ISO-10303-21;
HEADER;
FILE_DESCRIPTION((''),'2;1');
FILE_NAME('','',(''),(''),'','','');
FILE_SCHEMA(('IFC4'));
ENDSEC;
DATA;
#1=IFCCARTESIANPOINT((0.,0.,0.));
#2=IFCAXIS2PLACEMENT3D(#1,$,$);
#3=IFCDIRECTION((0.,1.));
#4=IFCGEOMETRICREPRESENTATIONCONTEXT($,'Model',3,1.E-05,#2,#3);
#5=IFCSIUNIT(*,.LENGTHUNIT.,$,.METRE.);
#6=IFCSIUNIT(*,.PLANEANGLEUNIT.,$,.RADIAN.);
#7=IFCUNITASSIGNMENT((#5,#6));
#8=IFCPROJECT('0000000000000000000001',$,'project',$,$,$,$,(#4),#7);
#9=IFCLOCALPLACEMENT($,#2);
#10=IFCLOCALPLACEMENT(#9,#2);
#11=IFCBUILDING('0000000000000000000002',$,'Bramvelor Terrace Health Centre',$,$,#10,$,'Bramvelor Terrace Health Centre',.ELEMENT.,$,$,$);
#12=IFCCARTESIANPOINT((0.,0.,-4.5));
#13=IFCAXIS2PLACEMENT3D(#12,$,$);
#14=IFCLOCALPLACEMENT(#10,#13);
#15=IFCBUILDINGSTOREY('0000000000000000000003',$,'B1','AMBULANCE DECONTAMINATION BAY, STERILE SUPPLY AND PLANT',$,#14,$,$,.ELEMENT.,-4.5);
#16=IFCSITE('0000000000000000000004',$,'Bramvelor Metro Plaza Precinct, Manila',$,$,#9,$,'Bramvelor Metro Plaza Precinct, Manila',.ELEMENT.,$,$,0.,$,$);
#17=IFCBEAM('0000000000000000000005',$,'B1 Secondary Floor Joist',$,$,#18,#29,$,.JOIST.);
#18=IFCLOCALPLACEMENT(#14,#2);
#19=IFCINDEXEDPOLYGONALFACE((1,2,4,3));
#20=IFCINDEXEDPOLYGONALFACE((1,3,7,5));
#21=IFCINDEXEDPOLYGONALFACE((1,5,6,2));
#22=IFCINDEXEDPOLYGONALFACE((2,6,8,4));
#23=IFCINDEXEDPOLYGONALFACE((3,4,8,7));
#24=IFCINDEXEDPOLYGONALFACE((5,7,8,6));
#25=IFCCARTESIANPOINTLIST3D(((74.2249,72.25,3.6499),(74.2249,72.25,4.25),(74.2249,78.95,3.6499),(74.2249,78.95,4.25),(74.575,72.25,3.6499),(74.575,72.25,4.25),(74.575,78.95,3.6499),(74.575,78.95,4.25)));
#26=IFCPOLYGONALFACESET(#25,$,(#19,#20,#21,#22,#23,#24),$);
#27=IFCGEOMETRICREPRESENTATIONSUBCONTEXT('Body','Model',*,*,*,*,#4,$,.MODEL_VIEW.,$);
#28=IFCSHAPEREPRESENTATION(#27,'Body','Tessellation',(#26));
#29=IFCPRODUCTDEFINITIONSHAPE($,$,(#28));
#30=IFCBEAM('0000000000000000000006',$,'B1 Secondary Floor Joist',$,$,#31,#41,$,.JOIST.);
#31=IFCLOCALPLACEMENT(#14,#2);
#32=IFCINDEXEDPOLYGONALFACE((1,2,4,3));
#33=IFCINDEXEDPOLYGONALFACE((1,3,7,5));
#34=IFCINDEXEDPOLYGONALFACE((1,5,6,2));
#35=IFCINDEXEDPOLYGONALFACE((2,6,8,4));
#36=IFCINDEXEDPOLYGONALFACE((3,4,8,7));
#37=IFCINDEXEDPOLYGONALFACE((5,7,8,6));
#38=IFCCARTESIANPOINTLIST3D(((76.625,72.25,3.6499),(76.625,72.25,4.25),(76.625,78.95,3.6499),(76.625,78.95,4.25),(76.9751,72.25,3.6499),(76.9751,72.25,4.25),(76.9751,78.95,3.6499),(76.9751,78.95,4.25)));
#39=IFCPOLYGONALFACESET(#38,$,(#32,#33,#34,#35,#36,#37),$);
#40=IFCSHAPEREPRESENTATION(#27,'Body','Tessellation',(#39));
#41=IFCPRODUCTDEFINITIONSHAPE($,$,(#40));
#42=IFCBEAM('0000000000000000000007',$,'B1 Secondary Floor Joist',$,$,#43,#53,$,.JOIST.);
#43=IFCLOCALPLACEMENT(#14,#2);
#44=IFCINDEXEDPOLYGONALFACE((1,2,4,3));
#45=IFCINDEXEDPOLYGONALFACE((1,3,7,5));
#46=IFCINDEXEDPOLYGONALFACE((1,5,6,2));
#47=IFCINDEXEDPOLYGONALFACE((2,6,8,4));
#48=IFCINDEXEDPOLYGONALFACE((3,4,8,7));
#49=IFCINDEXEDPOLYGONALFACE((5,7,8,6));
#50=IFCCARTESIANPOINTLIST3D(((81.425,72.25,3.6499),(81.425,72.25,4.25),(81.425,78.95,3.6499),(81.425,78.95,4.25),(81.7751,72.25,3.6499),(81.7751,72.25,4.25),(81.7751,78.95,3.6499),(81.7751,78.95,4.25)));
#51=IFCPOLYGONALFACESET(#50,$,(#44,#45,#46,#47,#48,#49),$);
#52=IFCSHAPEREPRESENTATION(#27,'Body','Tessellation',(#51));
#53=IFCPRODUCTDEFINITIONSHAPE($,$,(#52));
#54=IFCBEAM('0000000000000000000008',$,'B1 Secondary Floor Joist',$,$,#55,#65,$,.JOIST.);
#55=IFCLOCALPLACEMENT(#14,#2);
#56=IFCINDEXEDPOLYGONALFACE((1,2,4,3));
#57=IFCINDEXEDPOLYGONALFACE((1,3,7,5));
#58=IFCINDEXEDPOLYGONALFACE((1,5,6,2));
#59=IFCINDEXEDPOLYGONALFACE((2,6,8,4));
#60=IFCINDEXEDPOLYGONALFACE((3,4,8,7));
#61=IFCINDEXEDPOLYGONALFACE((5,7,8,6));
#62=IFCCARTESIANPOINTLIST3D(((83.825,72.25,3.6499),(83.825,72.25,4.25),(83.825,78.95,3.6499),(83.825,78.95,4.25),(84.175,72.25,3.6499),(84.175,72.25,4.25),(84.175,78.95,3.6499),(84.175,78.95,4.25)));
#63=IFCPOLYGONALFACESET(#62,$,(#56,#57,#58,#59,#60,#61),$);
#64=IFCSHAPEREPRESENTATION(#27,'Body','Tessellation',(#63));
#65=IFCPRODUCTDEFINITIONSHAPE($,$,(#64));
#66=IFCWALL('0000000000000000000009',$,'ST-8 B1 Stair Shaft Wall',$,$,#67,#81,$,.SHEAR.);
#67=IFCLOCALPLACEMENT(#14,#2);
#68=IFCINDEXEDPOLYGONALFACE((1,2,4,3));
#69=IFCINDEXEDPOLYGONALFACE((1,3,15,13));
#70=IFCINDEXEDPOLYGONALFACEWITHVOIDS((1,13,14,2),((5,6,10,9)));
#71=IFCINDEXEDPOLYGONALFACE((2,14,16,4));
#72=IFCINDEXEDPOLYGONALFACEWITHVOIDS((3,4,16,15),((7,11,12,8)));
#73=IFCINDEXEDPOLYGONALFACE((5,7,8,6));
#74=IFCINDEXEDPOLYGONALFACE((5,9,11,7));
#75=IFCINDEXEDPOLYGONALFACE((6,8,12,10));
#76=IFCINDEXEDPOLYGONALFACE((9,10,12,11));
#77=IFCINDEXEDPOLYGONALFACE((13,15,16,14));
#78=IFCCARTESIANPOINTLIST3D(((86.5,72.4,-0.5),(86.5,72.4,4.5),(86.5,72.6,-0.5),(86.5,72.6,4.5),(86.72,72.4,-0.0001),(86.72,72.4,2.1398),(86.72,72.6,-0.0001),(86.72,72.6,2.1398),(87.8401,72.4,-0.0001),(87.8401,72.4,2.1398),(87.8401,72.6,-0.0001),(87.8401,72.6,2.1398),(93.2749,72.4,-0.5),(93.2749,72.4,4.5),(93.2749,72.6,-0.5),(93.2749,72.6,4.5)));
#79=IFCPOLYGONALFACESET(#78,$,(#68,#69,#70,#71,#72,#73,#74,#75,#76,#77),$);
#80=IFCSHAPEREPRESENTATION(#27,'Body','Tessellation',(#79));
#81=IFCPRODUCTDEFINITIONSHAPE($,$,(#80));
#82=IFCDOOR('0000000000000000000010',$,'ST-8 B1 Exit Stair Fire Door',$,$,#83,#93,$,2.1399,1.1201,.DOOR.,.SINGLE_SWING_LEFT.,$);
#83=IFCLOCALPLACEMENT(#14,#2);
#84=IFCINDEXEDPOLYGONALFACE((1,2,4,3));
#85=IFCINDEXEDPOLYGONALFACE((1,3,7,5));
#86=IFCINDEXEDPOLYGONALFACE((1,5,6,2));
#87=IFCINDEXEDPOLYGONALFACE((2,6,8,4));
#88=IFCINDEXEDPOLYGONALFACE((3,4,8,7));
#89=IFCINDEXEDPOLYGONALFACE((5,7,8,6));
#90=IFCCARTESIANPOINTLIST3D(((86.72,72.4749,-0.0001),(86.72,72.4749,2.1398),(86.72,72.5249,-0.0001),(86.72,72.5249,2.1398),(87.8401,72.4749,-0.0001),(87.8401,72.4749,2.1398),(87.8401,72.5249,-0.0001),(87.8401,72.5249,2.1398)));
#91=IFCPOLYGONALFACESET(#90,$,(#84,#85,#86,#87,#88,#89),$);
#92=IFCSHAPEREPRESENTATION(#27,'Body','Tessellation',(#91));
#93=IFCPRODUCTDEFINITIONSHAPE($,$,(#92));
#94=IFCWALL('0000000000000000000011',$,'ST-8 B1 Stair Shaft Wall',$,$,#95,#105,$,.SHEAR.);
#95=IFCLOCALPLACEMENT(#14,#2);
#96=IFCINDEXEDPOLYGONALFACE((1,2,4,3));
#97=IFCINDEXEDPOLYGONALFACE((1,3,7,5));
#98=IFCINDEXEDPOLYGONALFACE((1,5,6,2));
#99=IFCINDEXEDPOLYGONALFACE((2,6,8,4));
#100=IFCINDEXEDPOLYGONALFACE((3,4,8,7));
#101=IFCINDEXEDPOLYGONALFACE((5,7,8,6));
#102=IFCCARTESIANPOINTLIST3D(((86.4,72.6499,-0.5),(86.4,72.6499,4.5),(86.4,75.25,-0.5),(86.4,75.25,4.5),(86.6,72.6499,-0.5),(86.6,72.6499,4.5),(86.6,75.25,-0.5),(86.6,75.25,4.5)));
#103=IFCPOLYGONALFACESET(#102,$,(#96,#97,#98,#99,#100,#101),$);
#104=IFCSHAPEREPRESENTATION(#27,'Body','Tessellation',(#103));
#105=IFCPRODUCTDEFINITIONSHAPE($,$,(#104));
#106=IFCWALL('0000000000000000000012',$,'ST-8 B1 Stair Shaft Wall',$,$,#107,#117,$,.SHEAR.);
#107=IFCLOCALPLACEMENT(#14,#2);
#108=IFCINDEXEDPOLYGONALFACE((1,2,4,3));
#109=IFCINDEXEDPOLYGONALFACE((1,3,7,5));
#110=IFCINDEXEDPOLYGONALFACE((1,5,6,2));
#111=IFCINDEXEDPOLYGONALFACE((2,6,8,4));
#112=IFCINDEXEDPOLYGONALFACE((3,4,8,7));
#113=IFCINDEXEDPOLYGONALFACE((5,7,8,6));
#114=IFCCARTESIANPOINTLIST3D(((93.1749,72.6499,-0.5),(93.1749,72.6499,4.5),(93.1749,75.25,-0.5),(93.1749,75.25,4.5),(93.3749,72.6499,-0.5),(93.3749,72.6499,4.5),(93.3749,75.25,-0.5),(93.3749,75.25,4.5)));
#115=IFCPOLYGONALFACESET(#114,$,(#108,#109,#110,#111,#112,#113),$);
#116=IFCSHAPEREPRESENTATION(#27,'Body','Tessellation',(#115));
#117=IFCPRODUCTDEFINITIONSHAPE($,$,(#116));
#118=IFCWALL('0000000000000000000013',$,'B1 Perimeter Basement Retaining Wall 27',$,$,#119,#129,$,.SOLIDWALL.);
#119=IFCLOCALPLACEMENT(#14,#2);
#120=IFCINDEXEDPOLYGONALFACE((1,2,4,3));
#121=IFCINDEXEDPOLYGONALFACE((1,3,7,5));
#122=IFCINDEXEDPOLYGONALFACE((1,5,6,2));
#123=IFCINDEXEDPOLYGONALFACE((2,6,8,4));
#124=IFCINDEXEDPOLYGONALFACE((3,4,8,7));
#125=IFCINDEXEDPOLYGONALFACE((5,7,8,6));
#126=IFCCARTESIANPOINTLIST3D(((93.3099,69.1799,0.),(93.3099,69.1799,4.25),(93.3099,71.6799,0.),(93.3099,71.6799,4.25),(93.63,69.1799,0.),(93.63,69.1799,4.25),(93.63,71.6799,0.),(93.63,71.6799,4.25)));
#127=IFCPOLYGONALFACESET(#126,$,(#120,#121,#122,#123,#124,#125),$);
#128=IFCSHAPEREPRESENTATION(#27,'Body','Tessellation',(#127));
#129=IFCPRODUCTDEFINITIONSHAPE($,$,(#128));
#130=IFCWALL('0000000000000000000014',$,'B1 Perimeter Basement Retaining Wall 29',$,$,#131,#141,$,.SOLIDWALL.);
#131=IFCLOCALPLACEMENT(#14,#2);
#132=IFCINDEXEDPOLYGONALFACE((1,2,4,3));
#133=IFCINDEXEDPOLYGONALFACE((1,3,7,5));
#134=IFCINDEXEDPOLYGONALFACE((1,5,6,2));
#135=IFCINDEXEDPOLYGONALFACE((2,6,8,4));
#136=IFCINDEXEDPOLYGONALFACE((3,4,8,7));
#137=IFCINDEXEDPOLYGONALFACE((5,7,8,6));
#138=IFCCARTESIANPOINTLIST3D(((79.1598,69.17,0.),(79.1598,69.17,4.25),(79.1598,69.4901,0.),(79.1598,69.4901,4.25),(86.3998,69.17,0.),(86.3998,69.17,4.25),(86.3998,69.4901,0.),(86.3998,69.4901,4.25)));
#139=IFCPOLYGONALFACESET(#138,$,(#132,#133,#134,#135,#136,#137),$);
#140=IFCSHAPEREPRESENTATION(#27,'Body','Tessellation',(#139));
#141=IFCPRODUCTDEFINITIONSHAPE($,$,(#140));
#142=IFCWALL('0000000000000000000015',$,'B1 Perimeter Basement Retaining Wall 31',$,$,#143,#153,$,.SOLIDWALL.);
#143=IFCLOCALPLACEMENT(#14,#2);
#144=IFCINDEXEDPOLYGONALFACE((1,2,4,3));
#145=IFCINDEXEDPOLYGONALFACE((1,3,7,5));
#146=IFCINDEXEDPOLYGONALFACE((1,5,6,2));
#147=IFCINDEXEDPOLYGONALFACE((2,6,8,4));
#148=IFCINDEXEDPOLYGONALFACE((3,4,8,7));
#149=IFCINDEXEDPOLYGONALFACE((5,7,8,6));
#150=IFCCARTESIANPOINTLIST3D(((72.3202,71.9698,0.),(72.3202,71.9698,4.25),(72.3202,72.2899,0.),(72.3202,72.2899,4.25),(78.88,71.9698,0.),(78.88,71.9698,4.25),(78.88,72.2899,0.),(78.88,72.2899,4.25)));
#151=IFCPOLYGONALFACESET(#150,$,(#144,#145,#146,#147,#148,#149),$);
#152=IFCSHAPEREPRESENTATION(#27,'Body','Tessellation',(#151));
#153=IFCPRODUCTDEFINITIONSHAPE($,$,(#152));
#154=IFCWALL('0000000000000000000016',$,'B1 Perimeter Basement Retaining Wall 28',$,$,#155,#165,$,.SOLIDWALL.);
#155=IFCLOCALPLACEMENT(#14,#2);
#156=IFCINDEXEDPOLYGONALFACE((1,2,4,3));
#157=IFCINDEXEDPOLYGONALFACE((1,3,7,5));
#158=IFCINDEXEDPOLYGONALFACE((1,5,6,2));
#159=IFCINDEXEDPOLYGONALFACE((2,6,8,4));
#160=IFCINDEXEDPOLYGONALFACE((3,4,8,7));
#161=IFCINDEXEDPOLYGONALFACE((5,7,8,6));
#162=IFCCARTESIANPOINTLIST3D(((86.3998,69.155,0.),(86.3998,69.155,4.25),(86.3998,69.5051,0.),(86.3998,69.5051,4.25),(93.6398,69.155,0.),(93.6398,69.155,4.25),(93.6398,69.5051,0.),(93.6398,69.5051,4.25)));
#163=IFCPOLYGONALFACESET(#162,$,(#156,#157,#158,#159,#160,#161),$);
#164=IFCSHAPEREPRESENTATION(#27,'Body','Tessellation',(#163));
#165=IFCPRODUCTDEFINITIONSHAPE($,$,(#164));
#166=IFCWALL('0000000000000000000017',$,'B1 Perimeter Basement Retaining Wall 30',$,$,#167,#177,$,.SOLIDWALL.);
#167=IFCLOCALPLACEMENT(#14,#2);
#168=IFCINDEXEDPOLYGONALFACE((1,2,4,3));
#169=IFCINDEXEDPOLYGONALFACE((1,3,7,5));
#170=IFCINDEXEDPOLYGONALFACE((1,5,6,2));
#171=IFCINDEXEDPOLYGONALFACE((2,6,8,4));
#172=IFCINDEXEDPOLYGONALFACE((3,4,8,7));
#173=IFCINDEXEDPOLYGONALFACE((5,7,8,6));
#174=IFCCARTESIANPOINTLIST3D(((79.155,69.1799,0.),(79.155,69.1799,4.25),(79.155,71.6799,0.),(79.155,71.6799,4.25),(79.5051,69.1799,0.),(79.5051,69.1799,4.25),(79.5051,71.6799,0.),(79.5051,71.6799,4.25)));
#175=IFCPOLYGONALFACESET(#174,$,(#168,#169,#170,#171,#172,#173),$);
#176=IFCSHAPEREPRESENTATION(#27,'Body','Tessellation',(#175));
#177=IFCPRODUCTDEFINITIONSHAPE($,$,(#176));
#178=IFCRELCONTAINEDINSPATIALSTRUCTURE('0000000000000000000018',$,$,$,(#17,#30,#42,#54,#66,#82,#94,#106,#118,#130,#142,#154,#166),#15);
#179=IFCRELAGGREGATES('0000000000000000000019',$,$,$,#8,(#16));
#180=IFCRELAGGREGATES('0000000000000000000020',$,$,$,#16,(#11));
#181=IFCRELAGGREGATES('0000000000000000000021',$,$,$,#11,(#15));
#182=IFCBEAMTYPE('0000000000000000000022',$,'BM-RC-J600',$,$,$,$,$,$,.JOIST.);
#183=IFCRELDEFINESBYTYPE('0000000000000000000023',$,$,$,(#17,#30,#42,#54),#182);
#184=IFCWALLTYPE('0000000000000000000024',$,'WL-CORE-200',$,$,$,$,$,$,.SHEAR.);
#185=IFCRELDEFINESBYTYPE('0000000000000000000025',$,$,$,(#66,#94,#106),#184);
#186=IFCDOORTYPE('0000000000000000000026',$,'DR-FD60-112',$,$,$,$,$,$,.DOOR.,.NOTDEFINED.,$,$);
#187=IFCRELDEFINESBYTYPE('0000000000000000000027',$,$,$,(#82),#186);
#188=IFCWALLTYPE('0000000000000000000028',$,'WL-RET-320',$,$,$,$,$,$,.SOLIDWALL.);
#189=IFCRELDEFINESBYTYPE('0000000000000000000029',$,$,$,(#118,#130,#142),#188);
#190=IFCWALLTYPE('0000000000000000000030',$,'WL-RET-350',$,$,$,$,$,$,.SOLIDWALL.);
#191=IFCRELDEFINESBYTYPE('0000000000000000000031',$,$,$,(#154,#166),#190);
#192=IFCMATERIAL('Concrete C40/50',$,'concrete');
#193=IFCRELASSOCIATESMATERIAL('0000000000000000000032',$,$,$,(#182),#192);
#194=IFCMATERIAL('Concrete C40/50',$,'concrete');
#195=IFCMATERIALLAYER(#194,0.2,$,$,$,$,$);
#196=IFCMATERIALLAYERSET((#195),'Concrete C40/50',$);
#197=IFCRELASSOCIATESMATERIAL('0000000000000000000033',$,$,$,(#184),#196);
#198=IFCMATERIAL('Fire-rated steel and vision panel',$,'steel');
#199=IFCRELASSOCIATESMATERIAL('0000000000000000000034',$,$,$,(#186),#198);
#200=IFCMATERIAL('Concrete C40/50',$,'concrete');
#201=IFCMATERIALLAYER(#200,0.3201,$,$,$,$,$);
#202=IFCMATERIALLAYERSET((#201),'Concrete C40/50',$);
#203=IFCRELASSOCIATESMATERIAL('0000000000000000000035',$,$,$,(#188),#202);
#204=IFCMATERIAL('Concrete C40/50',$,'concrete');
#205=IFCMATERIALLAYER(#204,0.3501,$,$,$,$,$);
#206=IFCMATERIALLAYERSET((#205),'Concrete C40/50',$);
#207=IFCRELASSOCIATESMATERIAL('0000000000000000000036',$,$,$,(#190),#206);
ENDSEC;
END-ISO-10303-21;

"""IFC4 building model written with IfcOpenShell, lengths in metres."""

from ifc_helpers import new_model, si_unit, direction, frame, frame_2d, origin, origin_2d, place, context, subcontext, project, spatial, rectangle, extrude, material, layer, layer_set, material_profile, profile_set, type_object, element, fill, save


model = new_model("IFC4")

# Units and contexts
model_context = context("Model", 3, precision=1e-05, world=origin(), true_north=direction((0.0, 1.0)))
body_context = subcontext(model_context, "Body", "Model", "MODEL_VIEW")
ifc_project = project(units=[si_unit("LENGTHUNIT", "METRE"), si_unit("PLANEANGLEUNIT", "RADIAN")], contexts=[model_context])

# Site, building, storey
site_placement = place(None, origin())
site = spatial("IfcSite", under=ifc_project, at=site_placement, Name="Bramvelor Metro Plaza Precinct, Manila", LongName="Bramvelor Metro Plaza Precinct, Manila", CompositionType="ELEMENT", RefElevation=0.0)
building_placement = place(site_placement, origin())
building = spatial("IfcBuilding", under=site, at=building_placement, Name="Bramvelor Terrace Health Centre", LongName="Bramvelor Terrace Health Centre", CompositionType="ELEMENT")
storey_placement = place(building_placement, frame((0.0, 0.0, -4.5)))
storey = spatial("IfcBuildingStorey", under=building, at=storey_placement, Name="B1", Description="AMBULANCE DECONTAMINATION BAY, STERILE SUPPLY AND PLANT", CompositionType="ELEMENT", Elevation=-4.5)

# Beams
ifc_material_1 = material(Name="Concrete C40/50", Category="concrete")
ifc_material_profile_1 = material_profile(ifc_material_1, rectangle(XDim=0.3501, YDim=0.6001, at=origin_2d()), Name="RC 350x600")
ifc_profile_set_1 = profile_set([ifc_material_profile_1], Name="Concrete C40/50")
beam_type_1 = type_object("IfcBeamType", Name="BM-RC-J600", PredefinedType="JOIST", material=ifc_profile_set_1)
for number, where, z_axis, x_axis, name in (
    (1, (74.3999, 72.25, 3.95), (0.0, 1.0, 0.0), (-1.0, 0.0, 0.0), "B1 Secondary Floor Joist"),
    (2, (76.8, 72.25, 3.95), (0.0, 1.0, 0.0), (-1.0, 0.0, 0.0), "B1 Secondary Floor Joist"),
    (3, (81.6001, 72.25, 3.95), (0.0, 1.0, 0.0), (-1.0, 0.0, 0.0), "B1 Secondary Floor Joist"),
    (4, (84.0, 72.25, 3.95), (0.0, 1.0, 0.0), (-1.0, 0.0, 0.0), "B1 Secondary Floor Joist"),
):
    element("IfcBeam", number, at=place(storey_placement, frame(where, z_axis=z_axis, x_axis=x_axis)), inside=storey, type_object=beam_type_1, Name=name, PredefinedType="JOIST", context=body_context, shape_type="SweptSolid", body=[
        extrude(rectangle(XDim=0.3501, YDim=0.6001, at=origin_2d()), origin(), (0.0, 0.0, 1.0), 6.7),
    ])

# Wall, opening, door
ifc_material_2 = material(Name="Concrete C40/50", Category="concrete")
ifc_layer_1 = layer(ifc_material_2, 0.2)
ifc_layer_set_1 = layer_set([ifc_layer_1], Name="Concrete C40/50")
wall_type_1 = type_object("IfcWallType", Name="WL-CORE-200", PredefinedType="SHEAR", material=ifc_layer_set_1)
wall_1_placement = place(storey_placement, frame((86.5, 72.5, -0.5), z_axis=(0.0, 0.0, 1.0), x_axis=(1.0, 0.0, 0.0)))
wall_1 = element("IfcWall", 5, at=wall_1_placement, inside=storey, type_object=wall_type_1, Name="ST-8 B1 Stair Shaft Wall", PredefinedType="SHEAR", context=body_context, shape_type="SweptSolid", body=[
    extrude(rectangle(XDim=6.7749, YDim=0.2, at=frame_2d((3.3875, 0.0))), origin(), (0.0, 0.0, 1.0), 5.0),
])
opening_placement = place(wall_1_placement, frame((0.22, 0.0, 0.5)))
opening = element("IfcOpeningElement", 6, at=opening_placement, cuts=wall_1, PredefinedType="OPENING", context=body_context, shape_type="SweptSolid", body=[
    extrude(rectangle(XDim=1.1201, YDim=2.1399, at=frame_2d((0.5601, 1.0698))), frame((0.0, 0.1099, 0.0), z_axis=(0.0, -1.0, 0.0), x_axis=(1.0, 0.0, 0.0)), (0.0, 0.0, 1.0), 0.22),
])
ifc_material_3 = material(Name="Fire-rated steel and vision panel", Category="steel")
door_type = type_object("IfcDoorType", Name="DR-FD60-112", OperationType="NOTDEFINED", PredefinedType="DOOR", material=ifc_material_3)
door_placement = place(opening_placement, origin())
door = element("IfcDoor", 7, at=door_placement, inside=storey, type_object=door_type, Name="ST-8 B1 Exit Stair Fire Door", OperationType="SINGLE_SWING_LEFT", OverallHeight=2.1399, OverallWidth=1.1201, PredefinedType="DOOR", context=body_context, shape_type="SweptSolid", body=[
    extrude(rectangle(XDim=1.1201, YDim=2.1399, at=frame_2d((0.5601, 1.0698))), frame((0.0, 0.0249, 0.0), z_axis=(0.0, -1.0, 0.0), x_axis=(1.0, 0.0, 0.0)), (0.0, 0.0, 1.0), 0.05),
])
fill(opening, door)

# Walls
for number, where, z_axis, x_axis, name in (
    (8, (86.5, 72.6499, -0.5), (0.0, 0.0, 1.0), (0.0, 1.0, 0.0), "ST-8 B1 Stair Shaft Wall"),
    (9, (93.2749, 72.6499, -0.5), (0.0, 0.0, 1.0), (0.0, 1.0, 0.0), "ST-8 B1 Stair Shaft Wall"),
):
    element("IfcWall", number, at=place(storey_placement, frame(where, z_axis=z_axis, x_axis=x_axis)), inside=storey, type_object=wall_type_1, Name=name, PredefinedType="SHEAR", context=body_context, shape_type="SweptSolid", body=[
        extrude(rectangle(XDim=2.6001, YDim=0.2, at=frame_2d((1.3, 0.0))), origin(), (0.0, 0.0, 1.0), 5.0),
    ])
ifc_material_4 = material(Name="Concrete C40/50", Category="concrete")
ifc_layer_2 = layer(ifc_material_4, 0.3201)
ifc_layer_set_2 = layer_set([ifc_layer_2], Name="Concrete C40/50")
wall_type_2 = type_object("IfcWallType", Name="WL-RET-320", PredefinedType="SOLIDWALL", material=ifc_layer_set_2)
wall_2_placement = place(storey_placement, frame((93.47, 71.6799, 0.0), z_axis=(0.0, 0.0, 1.0), x_axis=(0.0, -1.0, 0.0)))
element("IfcWall", 10, at=wall_2_placement, inside=storey, type_object=wall_type_2, Name="B1 Perimeter Basement Retaining Wall 27", PredefinedType="SOLIDWALL", context=body_context, shape_type="SweptSolid", body=[
    extrude(rectangle(XDim=2.5, YDim=0.3201, at=frame_2d((1.25, 0.0))), origin(), (0.0, 0.0, 1.0), 4.25),
])
wall_3_placement = place(storey_placement, frame((86.3999, 69.3301, 0.0), z_axis=(0.0, 0.0, 1.0), x_axis=(-1.0, 0.0, 0.0)))
element("IfcWall", 11, at=wall_3_placement, inside=storey, type_object=wall_type_2, Name="B1 Perimeter Basement Retaining Wall 29", PredefinedType="SOLIDWALL", context=body_context, shape_type="SweptSolid", body=[
    extrude(rectangle(XDim=7.24, YDim=0.3201, at=frame_2d((3.6201, 0.0))), origin(), (0.0, 0.0, 1.0), 4.25),
])
wall_4_placement = place(storey_placement, frame((78.8799, 72.1299, 0.0), z_axis=(0.0, 0.0, 1.0), x_axis=(-1.0, 0.0, 0.0)))
element("IfcWall", 12, at=wall_4_placement, inside=storey, type_object=wall_type_2, Name="B1 Perimeter Basement Retaining Wall 31", PredefinedType="SOLIDWALL", context=body_context, shape_type="SweptSolid", body=[
    extrude(rectangle(XDim=6.5598, YDim=0.3201, at=frame_2d((3.2798, 0.0))), origin(), (0.0, 0.0, 1.0), 4.25),
])
ifc_material_5 = material(Name="Concrete C40/50", Category="concrete")
ifc_layer_3 = layer(ifc_material_5, 0.3501)
ifc_layer_set_3 = layer_set([ifc_layer_3], Name="Concrete C40/50")
wall_type_3 = type_object("IfcWallType", Name="WL-RET-350", PredefinedType="SOLIDWALL", material=ifc_layer_set_3)
wall_5_placement = place(storey_placement, frame((93.6399, 69.3301, 0.0), z_axis=(0.0, 0.0, 1.0), x_axis=(-1.0, 0.0, 0.0)))
element("IfcWall", 13, at=wall_5_placement, inside=storey, type_object=wall_type_3, Name="B1 Perimeter Basement Retaining Wall 28", PredefinedType="SOLIDWALL", context=body_context, shape_type="SweptSolid", body=[
    extrude(rectangle(XDim=7.24, YDim=0.3501, at=frame_2d((3.6201, 0.0))), origin(), (0.0, 0.0, 1.0), 4.25),
])
wall_6_placement = place(storey_placement, frame((79.3301, 69.1799, 0.0), z_axis=(0.0, 0.0, 1.0), x_axis=(0.0, 1.0, 0.0)))
element("IfcWall", 14, at=wall_6_placement, inside=storey, type_object=wall_type_3, Name="B1 Perimeter Basement Retaining Wall 30", PredefinedType="SOLIDWALL", context=body_context, shape_type="SweptSolid", body=[
    extrude(rectangle(XDim=2.5, YDim=0.3501, at=frame_2d((1.25, 0.0))), origin(), (0.0, 0.0, 1.0), 4.25),
])

save(model, "model.ifc")
